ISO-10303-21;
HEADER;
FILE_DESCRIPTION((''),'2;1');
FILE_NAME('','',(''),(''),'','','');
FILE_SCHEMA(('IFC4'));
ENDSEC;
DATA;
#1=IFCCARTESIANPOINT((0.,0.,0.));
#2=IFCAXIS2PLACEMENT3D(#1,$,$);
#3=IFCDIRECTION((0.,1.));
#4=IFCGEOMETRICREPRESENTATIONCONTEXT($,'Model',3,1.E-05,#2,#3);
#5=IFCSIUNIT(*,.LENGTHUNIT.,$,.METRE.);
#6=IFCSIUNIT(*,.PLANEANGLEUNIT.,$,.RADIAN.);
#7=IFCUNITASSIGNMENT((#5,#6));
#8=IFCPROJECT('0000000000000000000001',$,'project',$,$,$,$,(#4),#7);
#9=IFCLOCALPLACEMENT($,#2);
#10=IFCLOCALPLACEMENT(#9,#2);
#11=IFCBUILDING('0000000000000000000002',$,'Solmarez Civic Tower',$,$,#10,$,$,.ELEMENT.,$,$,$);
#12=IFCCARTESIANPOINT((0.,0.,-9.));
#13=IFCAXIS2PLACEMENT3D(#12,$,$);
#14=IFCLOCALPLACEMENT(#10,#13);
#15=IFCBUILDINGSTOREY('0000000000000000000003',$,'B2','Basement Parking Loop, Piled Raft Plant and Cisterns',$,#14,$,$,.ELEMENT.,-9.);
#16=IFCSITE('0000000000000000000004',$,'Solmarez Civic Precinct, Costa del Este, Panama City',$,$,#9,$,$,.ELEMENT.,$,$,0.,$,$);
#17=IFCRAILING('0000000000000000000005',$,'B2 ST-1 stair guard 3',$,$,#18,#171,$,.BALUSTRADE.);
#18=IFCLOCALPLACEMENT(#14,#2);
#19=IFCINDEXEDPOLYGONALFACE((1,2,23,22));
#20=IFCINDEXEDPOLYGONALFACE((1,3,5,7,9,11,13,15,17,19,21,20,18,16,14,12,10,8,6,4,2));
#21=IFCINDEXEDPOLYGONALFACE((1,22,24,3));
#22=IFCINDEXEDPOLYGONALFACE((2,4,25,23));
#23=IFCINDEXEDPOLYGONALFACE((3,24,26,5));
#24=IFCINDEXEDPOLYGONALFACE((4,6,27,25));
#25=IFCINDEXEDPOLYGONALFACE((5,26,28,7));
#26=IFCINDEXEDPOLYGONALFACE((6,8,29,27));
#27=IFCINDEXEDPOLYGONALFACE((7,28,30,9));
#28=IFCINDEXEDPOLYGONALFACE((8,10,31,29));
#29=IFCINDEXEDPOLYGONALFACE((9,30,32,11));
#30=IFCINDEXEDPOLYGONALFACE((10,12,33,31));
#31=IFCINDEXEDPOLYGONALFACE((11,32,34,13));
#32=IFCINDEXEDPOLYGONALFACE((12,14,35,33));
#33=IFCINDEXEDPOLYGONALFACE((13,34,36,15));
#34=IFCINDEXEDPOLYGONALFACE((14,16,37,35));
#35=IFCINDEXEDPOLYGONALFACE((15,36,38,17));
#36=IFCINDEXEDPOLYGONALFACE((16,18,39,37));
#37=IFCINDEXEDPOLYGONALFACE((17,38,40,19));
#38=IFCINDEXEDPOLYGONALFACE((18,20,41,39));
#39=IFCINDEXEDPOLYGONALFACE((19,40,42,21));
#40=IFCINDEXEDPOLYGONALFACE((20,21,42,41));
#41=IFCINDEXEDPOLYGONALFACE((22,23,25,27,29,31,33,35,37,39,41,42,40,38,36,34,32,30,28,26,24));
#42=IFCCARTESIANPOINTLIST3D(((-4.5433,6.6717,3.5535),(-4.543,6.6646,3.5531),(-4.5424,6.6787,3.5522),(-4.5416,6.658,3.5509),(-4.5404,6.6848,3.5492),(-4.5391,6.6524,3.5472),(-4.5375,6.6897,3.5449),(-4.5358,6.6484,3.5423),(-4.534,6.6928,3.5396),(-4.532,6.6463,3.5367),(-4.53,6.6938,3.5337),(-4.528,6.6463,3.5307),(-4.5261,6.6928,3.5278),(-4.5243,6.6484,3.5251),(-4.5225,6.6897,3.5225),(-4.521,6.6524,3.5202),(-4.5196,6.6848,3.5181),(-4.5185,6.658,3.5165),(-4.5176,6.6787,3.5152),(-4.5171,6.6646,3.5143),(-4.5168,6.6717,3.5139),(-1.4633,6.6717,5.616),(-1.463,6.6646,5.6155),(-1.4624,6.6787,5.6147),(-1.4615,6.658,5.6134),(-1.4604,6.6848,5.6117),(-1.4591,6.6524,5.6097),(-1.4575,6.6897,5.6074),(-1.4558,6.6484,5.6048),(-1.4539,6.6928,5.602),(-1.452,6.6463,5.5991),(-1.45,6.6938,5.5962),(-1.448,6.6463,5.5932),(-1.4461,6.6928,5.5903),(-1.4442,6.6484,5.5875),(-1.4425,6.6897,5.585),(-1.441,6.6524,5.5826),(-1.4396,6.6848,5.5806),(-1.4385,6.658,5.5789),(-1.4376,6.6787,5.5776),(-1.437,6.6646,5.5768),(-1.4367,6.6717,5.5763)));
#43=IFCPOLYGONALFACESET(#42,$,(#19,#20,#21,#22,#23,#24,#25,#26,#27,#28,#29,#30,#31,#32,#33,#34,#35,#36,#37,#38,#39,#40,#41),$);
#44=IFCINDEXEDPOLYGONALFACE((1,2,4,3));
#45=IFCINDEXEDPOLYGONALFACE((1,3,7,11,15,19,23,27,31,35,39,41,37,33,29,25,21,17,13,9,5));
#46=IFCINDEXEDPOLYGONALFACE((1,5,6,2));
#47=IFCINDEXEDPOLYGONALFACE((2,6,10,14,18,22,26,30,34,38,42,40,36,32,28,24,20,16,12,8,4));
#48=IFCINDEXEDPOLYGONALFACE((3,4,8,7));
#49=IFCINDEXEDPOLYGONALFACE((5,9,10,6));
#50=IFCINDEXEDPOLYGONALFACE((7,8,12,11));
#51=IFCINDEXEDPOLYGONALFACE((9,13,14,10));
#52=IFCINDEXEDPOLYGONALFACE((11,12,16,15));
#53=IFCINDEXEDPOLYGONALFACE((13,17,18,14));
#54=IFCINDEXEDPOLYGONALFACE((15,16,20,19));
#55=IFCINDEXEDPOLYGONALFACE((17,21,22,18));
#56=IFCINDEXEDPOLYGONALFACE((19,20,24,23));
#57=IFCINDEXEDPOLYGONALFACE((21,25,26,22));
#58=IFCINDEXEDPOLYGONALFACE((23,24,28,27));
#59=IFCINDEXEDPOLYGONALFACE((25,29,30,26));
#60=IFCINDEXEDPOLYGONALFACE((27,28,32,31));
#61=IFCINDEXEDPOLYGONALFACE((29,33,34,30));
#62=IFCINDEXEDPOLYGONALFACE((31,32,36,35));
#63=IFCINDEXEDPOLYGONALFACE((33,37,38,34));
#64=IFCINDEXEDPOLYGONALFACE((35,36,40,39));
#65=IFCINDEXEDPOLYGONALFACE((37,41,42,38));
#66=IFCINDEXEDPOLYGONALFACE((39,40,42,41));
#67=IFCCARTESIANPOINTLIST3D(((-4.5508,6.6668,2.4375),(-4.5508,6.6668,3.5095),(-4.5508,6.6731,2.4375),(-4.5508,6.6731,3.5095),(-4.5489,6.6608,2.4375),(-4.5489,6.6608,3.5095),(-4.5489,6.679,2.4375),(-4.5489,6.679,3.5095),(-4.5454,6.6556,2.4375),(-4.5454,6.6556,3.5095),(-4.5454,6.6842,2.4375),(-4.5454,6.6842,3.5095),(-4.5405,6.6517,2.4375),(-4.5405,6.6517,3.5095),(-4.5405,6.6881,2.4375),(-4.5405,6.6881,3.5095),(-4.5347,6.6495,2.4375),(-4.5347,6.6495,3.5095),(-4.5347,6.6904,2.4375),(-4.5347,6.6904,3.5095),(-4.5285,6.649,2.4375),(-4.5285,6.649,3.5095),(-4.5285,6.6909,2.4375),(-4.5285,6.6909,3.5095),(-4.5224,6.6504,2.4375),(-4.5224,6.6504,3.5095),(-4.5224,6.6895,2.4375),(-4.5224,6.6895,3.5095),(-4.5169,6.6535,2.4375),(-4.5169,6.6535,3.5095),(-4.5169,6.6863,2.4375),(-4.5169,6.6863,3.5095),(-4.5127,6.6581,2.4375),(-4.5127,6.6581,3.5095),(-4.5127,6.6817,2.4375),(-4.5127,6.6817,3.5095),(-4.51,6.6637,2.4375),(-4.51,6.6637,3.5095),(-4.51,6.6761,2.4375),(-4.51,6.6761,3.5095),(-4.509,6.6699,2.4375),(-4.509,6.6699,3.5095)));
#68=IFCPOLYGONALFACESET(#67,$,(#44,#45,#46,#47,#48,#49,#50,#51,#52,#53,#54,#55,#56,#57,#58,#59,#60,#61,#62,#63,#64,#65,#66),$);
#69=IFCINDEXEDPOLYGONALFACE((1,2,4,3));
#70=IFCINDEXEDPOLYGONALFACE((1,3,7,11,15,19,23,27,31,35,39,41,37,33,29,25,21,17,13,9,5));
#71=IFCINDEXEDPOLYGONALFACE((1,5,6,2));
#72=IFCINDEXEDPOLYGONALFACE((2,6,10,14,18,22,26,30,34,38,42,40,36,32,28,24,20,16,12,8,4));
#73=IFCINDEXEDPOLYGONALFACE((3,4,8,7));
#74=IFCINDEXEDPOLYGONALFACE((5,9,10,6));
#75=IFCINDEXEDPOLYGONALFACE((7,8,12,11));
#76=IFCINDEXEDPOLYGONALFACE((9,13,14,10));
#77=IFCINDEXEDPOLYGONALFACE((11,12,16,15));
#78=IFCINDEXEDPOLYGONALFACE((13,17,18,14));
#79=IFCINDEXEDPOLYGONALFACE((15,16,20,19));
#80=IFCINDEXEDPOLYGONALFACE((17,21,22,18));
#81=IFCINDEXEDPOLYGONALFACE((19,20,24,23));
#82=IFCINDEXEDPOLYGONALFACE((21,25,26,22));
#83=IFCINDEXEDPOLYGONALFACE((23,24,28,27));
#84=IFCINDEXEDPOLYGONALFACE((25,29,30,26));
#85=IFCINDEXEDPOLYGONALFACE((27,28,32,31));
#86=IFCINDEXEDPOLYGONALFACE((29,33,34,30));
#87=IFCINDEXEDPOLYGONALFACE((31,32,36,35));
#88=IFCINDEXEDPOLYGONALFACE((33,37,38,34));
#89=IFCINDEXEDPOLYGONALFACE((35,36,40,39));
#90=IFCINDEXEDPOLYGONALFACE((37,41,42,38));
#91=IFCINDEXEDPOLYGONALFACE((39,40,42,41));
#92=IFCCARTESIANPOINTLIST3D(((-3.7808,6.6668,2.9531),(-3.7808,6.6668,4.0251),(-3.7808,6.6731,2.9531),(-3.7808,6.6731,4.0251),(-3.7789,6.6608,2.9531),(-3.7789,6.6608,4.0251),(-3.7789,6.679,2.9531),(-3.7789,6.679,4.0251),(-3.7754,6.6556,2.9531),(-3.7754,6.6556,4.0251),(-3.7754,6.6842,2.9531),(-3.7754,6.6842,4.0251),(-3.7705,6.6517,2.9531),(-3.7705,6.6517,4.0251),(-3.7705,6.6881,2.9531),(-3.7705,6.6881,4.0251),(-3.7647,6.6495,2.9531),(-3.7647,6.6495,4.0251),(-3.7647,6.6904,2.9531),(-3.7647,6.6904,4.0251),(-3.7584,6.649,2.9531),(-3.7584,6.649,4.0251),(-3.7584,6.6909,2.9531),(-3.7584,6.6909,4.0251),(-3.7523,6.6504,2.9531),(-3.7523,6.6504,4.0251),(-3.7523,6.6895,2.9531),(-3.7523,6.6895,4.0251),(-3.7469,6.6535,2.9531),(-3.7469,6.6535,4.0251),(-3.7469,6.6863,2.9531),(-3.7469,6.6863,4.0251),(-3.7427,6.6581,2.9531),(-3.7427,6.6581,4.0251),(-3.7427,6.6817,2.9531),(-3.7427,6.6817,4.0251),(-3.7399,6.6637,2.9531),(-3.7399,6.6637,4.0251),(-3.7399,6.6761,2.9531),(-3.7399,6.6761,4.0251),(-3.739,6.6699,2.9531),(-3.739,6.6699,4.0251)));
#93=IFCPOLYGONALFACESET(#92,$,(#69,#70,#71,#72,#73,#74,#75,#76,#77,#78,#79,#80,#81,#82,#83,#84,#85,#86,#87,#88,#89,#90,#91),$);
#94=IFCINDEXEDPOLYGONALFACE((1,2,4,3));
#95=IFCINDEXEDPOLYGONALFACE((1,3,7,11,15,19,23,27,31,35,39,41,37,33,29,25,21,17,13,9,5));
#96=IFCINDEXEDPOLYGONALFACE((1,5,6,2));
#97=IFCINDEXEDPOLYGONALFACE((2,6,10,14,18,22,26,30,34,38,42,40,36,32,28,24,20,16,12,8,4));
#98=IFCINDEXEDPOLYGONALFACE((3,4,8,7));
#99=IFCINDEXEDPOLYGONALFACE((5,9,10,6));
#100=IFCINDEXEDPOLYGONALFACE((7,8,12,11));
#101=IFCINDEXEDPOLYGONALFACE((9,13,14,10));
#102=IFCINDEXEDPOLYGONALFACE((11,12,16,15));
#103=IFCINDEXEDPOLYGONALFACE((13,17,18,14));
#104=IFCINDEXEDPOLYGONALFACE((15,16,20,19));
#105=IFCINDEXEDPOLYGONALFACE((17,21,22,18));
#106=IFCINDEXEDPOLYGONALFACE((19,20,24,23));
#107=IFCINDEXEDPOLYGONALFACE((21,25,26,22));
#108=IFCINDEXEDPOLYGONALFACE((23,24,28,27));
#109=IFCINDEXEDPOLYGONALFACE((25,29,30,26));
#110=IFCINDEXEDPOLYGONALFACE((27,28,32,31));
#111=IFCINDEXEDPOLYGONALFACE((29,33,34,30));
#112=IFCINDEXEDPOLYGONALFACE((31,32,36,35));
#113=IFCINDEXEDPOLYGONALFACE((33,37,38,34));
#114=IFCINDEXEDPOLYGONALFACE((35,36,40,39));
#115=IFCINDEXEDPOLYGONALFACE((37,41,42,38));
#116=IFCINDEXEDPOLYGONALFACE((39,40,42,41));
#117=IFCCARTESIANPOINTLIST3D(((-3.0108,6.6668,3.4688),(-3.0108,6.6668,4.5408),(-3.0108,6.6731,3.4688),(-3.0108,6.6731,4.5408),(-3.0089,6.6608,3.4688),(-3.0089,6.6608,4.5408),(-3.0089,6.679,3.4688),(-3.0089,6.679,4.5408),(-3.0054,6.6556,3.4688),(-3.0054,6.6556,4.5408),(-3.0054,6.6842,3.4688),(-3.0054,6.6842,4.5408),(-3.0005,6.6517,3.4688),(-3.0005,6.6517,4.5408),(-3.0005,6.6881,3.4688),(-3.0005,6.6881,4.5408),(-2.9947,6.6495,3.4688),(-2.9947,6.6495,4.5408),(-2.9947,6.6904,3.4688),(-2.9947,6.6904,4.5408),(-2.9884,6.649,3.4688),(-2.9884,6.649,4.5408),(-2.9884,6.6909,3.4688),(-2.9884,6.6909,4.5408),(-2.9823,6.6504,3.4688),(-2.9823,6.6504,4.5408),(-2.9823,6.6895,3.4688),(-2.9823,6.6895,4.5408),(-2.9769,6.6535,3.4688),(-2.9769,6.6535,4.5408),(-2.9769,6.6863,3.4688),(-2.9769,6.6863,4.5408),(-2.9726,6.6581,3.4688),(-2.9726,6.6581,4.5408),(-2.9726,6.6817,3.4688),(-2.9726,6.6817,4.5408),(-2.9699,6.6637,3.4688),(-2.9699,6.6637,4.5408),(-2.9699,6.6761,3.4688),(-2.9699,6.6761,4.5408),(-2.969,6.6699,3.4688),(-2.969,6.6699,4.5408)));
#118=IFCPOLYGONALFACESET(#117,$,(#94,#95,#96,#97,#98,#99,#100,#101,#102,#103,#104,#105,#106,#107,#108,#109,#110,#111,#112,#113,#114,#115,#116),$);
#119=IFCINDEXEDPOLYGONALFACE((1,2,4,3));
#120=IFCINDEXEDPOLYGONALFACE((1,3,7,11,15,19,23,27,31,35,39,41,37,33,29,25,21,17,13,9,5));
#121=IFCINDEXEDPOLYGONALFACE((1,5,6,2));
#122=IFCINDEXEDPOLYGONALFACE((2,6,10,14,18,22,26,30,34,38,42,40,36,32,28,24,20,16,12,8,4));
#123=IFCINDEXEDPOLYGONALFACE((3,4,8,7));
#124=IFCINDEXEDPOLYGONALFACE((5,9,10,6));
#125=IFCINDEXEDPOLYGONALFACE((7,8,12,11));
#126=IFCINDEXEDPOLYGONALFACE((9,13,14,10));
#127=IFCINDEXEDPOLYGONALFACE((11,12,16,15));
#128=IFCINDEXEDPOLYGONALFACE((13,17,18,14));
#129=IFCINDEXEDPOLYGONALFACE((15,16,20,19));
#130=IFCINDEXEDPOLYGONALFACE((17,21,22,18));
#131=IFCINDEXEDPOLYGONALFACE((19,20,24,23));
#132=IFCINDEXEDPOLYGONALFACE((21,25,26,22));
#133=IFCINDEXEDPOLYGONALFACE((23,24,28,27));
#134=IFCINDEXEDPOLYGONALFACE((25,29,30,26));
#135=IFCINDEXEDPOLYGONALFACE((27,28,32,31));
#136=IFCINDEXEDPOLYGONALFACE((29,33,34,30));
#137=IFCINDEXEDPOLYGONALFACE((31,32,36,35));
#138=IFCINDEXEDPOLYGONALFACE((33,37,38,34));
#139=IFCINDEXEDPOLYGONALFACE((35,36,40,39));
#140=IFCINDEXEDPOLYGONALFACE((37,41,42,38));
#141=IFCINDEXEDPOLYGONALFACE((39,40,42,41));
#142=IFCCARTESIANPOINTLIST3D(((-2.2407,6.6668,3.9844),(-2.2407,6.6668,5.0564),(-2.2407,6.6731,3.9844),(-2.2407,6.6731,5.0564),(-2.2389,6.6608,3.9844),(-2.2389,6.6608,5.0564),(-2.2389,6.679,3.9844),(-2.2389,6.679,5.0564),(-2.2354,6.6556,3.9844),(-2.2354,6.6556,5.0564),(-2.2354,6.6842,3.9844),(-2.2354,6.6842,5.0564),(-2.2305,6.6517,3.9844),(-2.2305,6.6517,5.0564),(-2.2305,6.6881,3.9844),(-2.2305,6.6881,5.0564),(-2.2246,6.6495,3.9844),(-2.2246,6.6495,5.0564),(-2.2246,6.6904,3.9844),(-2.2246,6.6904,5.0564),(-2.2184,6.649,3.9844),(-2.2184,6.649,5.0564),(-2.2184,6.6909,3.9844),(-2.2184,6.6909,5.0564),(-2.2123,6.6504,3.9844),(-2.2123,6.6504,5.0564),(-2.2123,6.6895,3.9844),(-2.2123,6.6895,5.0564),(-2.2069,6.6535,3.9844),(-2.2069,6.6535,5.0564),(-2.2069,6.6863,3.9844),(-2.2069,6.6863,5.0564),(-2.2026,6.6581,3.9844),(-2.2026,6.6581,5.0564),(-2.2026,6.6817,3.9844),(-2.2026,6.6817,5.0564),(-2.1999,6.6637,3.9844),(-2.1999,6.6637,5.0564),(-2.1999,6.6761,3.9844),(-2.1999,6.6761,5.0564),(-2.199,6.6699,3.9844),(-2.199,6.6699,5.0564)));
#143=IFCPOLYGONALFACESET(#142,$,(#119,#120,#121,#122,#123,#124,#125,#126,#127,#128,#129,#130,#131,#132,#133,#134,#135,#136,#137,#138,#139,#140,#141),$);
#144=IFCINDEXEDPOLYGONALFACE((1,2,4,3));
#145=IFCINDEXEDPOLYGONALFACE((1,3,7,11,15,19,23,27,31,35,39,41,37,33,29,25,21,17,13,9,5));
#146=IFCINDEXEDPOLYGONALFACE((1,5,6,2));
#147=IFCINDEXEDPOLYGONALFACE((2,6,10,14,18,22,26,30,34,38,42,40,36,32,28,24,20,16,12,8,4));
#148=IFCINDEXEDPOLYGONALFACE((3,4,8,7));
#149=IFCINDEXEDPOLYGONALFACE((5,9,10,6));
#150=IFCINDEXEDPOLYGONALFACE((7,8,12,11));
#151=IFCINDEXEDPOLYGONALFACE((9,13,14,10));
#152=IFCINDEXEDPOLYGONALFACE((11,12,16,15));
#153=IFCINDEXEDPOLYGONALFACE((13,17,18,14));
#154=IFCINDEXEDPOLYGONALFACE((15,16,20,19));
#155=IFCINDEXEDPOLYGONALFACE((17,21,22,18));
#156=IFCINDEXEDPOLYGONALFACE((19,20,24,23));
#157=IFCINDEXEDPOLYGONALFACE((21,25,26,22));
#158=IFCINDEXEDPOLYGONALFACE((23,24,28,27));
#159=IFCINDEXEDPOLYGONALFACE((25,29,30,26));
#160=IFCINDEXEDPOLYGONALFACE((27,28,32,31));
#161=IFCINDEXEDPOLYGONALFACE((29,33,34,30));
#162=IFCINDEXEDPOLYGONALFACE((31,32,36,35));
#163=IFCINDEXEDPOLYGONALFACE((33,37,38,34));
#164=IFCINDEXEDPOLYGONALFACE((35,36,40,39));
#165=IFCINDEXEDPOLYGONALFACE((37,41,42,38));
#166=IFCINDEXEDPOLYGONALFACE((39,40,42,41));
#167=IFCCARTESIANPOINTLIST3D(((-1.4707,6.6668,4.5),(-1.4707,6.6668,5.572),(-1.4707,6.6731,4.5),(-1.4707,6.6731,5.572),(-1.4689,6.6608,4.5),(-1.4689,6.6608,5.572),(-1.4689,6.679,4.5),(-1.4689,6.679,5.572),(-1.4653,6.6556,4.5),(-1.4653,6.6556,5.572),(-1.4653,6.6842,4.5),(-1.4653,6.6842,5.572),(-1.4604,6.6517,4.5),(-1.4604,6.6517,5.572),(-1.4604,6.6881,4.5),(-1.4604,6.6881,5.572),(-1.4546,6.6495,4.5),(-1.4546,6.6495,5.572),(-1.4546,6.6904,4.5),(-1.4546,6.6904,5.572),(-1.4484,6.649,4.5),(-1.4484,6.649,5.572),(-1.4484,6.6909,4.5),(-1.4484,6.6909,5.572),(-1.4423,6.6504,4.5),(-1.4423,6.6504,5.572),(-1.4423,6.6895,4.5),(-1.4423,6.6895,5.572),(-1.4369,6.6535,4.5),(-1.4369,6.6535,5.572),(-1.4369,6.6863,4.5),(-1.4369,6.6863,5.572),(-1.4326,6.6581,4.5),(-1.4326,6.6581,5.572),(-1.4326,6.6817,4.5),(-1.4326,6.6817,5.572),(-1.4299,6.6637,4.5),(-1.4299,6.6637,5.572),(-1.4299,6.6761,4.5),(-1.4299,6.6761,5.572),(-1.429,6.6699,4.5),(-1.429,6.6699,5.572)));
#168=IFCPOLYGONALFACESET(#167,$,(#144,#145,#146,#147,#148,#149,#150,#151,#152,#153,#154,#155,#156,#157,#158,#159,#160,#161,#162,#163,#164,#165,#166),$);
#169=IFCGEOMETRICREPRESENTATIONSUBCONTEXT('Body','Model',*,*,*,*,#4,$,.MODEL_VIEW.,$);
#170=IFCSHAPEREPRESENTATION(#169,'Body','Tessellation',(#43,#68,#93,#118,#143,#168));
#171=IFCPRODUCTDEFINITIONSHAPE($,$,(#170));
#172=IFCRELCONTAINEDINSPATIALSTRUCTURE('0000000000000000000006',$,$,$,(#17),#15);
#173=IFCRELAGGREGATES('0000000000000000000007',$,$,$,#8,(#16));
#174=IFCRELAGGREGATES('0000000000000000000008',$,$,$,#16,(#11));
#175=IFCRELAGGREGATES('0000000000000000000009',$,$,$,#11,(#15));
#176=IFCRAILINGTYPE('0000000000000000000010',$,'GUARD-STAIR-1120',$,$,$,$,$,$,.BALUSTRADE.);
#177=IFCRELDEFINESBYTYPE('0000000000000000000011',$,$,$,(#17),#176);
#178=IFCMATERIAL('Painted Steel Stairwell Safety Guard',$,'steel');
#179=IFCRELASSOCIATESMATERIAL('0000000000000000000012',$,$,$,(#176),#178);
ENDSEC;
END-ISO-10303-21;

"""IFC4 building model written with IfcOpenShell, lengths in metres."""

from ifc_helpers import new_model, si_unit, direction, frame, origin, origin_2d, place, context, subcontext, project, spatial, circle, extrude, material, type_object, element, save


model = new_model("IFC4")

# Units and contexts
model_context = context("Model", 3, precision=1e-05, world=origin(), true_north=direction((0.0, 1.0)))
body_context = subcontext(model_context, "Body", "Model", "MODEL_VIEW")
ifc_project = project(units=[si_unit("LENGTHUNIT", "METRE"), si_unit("PLANEANGLEUNIT", "RADIAN")], contexts=[model_context])

# Site, building, storey
site_placement = place(None, origin())
site = spatial("IfcSite", under=ifc_project, at=site_placement, Name="Solmarez Civic Precinct, Costa del Este, Panama City", CompositionType="ELEMENT", RefElevation=0.0)
building_placement = place(site_placement, origin())
building = spatial("IfcBuilding", under=site, at=building_placement, Name="Solmarez Civic Tower", CompositionType="ELEMENT")
storey_placement = place(building_placement, frame((0.0, 0.0, -9.0)))
storey = spatial("IfcBuildingStorey", under=building, at=storey_placement, Name="B2", Description="Basement Parking Loop, Piled Raft Plant and Cisterns", CompositionType="ELEMENT", Elevation=-9.0)

# Railing
ifc_material_1 = material(Name="Painted Steel Stairwell Safety Guard", Category="steel")
railing_type_1 = type_object("IfcRailingType", Name="GUARD-STAIR-1120", PredefinedType="BALUSTRADE", material=ifc_material_1)
railing_1_placement = place(storey_placement, frame((-4.53, 6.6699, 2.4375)))
element("IfcRailing", 1, at=railing_1_placement, inside=storey, type_object=railing_type_1, Name="B2 ST-1 stair guard 3", PredefinedType="BALUSTRADE", context=body_context, shape_type="SweptSolid", body=[
    extrude(circle(Radius=0.0239, at=origin_2d()), frame((0.0, 0.0, 1.0962), z_axis=(0.830914, 0.0, 0.556401), x_axis=(0.0, 1.0, 0.0)), (0.0, 0.0, 1.0), 3.7068),
    extrude(circle(Radius=0.021, at=origin_2d()), origin(), (0.0, 0.0, 1.0), 1.072),
    extrude(circle(Radius=0.021, at=origin_2d()), frame((0.77, 0.0, 0.5156)), (0.0, 0.0, 1.0), 1.072),
    extrude(circle(Radius=0.021, at=origin_2d()), frame((1.54, 0.0, 1.0312)), (0.0, 0.0, 1.0), 1.072),
    extrude(circle(Radius=0.021, at=origin_2d()), frame((2.3101, 0.0, 1.5469)), (0.0, 0.0, 1.0), 1.072),
    extrude(circle(Radius=0.021, at=origin_2d()), frame((3.0801, 0.0, 2.0625)), (0.0, 0.0, 1.0), 1.072),
])

save(model, "model.ifc")
